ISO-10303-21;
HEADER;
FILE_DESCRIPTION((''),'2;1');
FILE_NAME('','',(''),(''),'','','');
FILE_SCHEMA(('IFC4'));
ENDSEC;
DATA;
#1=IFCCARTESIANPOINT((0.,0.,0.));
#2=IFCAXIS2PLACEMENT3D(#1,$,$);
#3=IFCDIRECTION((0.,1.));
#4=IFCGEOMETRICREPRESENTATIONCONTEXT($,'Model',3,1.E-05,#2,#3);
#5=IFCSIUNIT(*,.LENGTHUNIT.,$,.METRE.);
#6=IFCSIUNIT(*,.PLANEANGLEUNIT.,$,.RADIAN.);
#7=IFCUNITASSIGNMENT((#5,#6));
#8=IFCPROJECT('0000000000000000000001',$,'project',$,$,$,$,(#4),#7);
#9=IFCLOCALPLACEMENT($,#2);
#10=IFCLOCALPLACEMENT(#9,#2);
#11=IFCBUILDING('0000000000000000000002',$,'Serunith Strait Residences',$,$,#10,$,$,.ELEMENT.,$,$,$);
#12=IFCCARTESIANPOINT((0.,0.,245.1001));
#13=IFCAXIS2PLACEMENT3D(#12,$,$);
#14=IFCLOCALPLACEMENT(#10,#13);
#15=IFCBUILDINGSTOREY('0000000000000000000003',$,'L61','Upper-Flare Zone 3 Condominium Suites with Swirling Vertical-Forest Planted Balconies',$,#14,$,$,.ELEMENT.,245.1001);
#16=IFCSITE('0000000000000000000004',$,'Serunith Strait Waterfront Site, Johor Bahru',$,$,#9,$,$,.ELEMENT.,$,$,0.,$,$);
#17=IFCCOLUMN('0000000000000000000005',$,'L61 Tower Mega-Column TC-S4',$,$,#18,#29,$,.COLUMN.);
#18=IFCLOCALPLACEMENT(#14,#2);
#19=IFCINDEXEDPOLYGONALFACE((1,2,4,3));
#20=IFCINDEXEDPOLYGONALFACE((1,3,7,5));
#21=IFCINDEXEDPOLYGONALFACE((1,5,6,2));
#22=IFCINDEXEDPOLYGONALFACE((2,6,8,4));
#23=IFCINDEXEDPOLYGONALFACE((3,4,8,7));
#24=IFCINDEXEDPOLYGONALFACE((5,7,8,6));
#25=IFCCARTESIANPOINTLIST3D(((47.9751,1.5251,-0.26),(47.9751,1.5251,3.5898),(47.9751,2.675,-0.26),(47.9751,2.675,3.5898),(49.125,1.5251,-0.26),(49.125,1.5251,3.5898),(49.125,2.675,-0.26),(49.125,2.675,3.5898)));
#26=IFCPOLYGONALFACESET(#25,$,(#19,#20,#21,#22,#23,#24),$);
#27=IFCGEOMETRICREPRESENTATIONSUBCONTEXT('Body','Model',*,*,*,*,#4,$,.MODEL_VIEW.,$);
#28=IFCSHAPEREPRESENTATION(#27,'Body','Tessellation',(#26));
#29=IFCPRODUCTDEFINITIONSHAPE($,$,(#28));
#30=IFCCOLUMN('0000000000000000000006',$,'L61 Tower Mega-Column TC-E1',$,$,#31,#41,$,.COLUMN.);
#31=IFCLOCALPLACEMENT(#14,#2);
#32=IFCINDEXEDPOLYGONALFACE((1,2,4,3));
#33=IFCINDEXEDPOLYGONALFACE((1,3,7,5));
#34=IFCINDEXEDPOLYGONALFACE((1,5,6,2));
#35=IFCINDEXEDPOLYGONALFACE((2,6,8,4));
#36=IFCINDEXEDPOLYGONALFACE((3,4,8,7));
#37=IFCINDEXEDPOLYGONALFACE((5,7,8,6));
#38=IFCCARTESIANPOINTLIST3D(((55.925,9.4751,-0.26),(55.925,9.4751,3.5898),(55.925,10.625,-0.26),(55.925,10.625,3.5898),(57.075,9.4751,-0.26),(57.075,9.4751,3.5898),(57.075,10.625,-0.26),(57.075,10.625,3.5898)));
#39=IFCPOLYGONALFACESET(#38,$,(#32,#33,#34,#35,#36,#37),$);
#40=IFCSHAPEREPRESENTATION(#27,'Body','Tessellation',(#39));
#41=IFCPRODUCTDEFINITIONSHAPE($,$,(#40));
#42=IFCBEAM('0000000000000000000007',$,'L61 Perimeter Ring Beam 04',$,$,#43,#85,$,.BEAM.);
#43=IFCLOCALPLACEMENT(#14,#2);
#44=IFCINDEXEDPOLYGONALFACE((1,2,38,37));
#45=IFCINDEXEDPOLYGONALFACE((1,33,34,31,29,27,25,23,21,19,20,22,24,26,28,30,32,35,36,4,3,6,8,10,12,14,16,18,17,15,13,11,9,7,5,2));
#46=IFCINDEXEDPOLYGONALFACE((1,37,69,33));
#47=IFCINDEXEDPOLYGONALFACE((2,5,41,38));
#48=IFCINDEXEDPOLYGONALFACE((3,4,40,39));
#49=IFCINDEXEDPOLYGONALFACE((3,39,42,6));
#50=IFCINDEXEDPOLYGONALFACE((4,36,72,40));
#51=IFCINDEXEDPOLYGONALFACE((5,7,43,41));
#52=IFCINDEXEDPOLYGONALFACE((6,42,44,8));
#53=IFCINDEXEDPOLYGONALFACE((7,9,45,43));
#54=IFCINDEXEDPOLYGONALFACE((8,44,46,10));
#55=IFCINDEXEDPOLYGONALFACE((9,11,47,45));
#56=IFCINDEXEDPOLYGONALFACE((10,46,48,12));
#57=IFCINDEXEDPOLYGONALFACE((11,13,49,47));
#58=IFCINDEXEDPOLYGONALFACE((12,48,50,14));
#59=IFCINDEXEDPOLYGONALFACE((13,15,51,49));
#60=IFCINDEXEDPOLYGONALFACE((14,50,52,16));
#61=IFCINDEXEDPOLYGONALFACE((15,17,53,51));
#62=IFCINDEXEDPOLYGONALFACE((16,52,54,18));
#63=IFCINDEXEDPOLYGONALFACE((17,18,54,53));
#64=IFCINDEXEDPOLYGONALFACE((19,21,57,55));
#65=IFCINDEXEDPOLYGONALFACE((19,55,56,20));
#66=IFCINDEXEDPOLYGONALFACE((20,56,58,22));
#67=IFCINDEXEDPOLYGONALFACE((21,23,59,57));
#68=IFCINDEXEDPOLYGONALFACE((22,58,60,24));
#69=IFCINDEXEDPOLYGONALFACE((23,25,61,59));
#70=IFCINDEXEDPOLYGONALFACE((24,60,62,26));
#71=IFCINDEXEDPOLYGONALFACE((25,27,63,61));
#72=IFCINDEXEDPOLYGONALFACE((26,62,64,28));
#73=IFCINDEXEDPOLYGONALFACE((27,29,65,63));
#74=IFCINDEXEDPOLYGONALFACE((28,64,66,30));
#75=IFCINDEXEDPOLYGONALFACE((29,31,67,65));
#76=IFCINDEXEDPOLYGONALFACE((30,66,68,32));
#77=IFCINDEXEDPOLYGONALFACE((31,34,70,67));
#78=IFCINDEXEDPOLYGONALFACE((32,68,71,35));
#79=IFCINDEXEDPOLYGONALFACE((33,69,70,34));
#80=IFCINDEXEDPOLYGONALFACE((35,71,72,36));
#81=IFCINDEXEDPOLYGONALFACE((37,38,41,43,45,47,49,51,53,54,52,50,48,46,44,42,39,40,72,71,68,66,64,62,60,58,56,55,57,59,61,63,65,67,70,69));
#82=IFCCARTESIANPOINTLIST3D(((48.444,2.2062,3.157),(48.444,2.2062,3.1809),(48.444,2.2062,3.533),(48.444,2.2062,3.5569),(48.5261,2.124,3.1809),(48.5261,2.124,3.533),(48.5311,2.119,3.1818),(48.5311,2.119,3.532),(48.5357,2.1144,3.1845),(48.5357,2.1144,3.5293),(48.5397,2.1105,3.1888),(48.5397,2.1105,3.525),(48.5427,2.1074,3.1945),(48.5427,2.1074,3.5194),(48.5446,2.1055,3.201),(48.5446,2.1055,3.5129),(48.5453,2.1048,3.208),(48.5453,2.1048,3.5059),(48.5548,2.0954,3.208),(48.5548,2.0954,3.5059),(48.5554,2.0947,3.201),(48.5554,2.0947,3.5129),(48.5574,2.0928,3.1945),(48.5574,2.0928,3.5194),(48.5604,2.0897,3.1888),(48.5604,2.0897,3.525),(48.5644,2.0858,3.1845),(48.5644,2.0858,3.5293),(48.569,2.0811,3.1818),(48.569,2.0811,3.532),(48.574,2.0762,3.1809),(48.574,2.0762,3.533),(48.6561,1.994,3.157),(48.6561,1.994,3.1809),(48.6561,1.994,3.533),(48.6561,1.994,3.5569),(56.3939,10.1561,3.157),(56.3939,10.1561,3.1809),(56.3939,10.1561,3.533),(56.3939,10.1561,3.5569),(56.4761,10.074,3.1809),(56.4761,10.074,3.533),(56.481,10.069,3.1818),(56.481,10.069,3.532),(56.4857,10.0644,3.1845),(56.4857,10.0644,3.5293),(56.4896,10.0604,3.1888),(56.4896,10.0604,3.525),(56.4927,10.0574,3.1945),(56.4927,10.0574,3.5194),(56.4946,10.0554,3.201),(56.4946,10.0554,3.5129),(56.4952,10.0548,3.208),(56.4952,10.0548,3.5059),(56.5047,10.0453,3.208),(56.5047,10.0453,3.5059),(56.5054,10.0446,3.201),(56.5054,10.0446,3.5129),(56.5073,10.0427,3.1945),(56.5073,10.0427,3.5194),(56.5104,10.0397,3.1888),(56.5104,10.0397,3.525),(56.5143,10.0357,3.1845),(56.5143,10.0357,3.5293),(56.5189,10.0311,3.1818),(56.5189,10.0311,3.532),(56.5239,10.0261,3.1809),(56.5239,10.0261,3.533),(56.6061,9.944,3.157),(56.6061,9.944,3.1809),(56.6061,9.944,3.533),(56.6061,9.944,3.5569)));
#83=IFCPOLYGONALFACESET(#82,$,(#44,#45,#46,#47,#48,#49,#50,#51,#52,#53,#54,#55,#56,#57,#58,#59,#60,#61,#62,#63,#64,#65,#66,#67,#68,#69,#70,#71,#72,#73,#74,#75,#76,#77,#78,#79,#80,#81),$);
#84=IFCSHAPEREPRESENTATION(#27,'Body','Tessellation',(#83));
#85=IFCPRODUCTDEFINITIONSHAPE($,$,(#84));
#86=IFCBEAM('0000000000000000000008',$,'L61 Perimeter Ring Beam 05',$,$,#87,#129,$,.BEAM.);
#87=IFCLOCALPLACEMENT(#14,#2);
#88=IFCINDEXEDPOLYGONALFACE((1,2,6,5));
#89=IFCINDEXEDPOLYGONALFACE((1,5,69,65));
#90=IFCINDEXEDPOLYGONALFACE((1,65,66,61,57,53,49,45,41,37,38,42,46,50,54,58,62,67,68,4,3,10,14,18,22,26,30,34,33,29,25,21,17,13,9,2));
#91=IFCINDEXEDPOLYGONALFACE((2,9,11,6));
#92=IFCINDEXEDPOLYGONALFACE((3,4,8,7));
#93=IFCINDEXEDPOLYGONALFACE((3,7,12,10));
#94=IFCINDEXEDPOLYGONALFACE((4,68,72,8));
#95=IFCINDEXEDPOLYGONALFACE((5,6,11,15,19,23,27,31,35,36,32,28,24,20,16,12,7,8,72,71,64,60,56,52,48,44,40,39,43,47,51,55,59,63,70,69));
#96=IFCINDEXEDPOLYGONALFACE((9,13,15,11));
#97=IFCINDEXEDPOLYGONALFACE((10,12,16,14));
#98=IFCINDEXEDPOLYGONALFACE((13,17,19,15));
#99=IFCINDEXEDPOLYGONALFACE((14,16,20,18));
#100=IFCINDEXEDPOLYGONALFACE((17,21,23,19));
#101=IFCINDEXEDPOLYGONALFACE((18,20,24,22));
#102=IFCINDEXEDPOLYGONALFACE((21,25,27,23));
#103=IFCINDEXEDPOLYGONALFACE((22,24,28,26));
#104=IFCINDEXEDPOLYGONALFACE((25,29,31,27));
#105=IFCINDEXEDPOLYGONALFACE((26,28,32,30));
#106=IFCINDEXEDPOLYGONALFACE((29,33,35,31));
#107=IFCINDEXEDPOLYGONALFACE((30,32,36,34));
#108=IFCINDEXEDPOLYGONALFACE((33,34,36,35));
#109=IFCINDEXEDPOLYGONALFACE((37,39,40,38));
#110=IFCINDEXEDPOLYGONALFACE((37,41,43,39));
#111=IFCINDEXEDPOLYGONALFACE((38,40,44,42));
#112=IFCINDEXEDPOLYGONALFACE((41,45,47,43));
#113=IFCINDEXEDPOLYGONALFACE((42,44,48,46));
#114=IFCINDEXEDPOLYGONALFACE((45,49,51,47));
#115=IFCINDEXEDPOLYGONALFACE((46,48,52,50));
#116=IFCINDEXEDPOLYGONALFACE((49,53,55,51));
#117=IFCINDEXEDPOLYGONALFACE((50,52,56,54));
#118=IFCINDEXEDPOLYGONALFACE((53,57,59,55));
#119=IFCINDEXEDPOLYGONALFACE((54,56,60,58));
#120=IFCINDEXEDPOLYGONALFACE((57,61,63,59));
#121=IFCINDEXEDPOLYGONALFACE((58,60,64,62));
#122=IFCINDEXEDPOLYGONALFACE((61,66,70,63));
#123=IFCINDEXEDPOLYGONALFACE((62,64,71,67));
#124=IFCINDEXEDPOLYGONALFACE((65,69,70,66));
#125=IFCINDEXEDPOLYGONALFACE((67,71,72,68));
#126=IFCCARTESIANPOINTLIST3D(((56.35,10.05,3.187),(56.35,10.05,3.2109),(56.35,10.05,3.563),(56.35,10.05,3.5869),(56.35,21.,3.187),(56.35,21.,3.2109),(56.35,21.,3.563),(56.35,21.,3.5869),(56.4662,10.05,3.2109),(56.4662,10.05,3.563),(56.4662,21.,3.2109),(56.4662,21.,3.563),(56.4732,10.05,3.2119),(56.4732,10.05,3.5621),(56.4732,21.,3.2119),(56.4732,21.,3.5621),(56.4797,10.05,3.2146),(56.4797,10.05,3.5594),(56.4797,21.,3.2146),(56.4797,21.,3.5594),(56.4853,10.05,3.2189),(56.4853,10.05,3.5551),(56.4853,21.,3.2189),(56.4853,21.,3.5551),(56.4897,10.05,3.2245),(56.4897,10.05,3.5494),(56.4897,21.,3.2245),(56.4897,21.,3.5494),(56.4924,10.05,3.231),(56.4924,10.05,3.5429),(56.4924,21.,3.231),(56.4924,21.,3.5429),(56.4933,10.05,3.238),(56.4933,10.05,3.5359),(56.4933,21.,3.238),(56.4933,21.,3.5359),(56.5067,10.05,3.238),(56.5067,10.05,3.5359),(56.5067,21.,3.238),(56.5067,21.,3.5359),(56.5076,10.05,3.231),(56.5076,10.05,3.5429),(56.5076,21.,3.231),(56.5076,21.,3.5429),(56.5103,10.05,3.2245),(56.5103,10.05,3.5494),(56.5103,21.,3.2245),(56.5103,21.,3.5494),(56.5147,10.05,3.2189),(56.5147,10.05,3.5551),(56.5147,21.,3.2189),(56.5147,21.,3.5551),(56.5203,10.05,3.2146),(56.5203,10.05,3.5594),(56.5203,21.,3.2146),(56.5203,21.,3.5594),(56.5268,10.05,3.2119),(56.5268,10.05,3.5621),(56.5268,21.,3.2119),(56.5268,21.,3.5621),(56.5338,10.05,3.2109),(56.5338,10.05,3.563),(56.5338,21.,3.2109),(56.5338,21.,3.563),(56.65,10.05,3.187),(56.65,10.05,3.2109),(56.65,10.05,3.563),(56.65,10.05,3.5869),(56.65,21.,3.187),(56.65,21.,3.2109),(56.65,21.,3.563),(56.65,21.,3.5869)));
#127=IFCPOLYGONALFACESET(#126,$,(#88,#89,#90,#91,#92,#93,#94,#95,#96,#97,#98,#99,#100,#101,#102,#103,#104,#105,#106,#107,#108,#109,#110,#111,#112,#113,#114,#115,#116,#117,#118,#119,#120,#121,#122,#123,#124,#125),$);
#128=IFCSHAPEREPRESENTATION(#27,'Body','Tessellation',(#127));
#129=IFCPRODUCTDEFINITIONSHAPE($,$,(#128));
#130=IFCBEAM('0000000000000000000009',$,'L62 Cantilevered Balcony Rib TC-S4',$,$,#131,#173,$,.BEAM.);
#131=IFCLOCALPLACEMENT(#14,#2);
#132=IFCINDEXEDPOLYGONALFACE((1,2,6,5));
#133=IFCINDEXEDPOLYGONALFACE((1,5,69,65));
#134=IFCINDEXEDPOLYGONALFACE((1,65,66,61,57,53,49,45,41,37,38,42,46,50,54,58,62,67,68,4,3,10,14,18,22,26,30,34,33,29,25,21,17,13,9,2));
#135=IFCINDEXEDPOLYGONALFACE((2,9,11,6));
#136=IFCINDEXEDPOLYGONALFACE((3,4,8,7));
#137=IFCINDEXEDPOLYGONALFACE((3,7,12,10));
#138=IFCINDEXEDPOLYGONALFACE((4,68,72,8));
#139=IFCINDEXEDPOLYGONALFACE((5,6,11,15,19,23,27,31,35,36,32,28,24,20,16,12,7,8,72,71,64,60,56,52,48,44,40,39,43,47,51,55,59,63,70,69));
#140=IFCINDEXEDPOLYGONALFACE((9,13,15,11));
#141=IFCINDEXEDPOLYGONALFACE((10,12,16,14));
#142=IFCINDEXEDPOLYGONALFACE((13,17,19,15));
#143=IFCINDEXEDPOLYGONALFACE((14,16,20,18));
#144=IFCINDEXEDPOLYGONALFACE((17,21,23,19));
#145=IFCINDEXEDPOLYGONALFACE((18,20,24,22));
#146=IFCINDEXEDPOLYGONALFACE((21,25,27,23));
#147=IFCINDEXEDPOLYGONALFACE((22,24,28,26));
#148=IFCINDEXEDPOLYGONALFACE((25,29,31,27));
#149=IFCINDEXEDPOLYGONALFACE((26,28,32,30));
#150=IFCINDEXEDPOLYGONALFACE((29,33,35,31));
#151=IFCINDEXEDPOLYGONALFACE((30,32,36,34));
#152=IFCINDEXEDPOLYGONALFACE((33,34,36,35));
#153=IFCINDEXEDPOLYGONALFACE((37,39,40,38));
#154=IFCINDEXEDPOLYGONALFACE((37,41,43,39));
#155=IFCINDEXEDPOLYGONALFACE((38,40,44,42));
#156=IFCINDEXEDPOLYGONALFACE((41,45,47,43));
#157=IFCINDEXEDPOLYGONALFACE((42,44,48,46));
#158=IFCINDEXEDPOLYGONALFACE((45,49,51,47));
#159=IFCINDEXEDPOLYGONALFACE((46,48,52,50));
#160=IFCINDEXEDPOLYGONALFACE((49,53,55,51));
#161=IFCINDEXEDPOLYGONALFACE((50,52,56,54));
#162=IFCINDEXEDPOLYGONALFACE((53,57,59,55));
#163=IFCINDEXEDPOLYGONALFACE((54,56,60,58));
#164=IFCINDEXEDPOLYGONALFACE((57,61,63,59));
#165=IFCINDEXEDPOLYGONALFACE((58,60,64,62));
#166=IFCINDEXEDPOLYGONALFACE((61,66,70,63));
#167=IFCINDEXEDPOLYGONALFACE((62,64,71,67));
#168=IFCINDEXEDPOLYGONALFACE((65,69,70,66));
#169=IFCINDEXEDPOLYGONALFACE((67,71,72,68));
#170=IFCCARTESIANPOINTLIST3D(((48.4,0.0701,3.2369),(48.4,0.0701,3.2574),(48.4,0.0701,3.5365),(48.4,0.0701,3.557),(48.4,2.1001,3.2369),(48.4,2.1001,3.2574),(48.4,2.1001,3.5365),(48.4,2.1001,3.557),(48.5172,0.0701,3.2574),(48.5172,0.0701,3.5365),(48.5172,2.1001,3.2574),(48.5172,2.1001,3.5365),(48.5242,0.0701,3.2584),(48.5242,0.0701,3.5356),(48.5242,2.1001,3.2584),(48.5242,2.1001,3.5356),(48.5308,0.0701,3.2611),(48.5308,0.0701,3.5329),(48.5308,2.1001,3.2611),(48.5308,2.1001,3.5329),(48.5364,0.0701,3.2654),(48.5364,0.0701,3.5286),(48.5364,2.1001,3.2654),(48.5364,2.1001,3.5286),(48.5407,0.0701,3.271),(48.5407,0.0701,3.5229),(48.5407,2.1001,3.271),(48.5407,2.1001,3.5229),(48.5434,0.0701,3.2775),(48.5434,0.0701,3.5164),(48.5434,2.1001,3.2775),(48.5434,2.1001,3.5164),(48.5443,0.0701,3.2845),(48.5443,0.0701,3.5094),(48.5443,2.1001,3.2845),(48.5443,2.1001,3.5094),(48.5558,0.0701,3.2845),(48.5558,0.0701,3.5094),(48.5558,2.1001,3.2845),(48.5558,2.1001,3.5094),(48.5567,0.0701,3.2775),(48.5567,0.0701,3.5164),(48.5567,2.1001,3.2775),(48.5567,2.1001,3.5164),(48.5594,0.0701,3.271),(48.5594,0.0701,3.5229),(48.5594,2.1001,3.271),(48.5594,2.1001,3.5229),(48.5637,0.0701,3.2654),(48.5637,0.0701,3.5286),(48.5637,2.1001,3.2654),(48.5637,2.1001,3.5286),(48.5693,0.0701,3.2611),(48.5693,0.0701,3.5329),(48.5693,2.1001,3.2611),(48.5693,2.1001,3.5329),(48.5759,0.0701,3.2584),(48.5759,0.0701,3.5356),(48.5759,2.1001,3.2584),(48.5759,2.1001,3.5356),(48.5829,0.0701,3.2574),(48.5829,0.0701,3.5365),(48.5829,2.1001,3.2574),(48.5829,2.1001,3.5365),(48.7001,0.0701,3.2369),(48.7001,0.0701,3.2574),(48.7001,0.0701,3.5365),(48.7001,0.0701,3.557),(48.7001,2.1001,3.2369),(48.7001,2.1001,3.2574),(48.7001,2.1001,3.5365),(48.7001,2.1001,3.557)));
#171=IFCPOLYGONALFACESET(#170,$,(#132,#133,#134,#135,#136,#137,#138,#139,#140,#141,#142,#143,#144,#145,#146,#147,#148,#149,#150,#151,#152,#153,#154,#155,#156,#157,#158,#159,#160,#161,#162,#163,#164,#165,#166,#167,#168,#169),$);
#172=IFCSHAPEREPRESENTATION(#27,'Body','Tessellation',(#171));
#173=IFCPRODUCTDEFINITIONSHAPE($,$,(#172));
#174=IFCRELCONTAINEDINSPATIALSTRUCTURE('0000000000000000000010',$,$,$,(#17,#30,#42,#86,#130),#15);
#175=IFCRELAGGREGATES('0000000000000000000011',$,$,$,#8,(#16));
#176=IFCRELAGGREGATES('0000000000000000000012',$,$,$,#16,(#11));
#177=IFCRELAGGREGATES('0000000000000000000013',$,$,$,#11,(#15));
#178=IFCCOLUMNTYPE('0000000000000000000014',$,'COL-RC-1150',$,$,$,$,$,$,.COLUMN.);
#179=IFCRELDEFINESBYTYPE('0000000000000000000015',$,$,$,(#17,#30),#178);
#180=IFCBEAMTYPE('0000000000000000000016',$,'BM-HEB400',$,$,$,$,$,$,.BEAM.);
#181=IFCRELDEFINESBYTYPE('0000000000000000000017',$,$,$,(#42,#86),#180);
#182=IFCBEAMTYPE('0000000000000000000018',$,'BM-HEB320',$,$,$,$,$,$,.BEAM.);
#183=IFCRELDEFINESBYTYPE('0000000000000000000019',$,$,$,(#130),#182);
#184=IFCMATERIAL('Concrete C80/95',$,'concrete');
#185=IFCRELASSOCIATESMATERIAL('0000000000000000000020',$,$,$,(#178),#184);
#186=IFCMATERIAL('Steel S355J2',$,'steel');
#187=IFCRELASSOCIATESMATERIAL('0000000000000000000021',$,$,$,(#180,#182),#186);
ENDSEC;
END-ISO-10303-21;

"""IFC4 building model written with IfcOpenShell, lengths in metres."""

from ifc_helpers import new_model, si_unit, direction, frame, origin, origin_2d, place, context, subcontext, project, spatial, rectangle, i_section, extrude, source, transform, mapped, material, material_profile, profile_set, type_object, element, save


model = new_model("IFC4")

# Units and contexts
model_context = context("Model", 3, precision=1e-05, world=origin(), true_north=direction((0.0, 1.0)))
body_context = subcontext(model_context, "Body", "Model", "MODEL_VIEW")
ifc_project = project(units=[si_unit("LENGTHUNIT", "METRE"), si_unit("PLANEANGLEUNIT", "RADIAN")], contexts=[model_context])

# Site, building, storey
site_placement = place(None, origin())
site = spatial("IfcSite", under=ifc_project, at=site_placement, Name="Serunith Strait Waterfront Site, Johor Bahru", CompositionType="ELEMENT", RefElevation=0.0)
building_placement = place(site_placement, origin())
building = spatial("IfcBuilding", under=site, at=building_placement, Name="Serunith Strait Residences", CompositionType="ELEMENT")
storey_placement = place(building_placement, frame((0.0, 0.0, 245.1001)))
storey = spatial("IfcBuildingStorey", under=building, at=storey_placement, Name="L61", Description="Upper-Flare Zone 3 Condominium Suites with Swirling Vertical-Forest Planted Balconies", CompositionType="ELEMENT", Elevation=245.1001)

# Columns
ifc_material_1 = material(Name="Concrete C80/95", Category="concrete")
ifc_material_profile_1 = material_profile(ifc_material_1, rectangle(XDim=1.1499, YDim=1.1499, at=origin_2d()), Name="RC 1150x1150")
ifc_profile_set_1 = profile_set([ifc_material_profile_1], Name="Concrete C80/95")
column_type = type_object("IfcColumnType", Name="COL-RC-1150", PredefinedType="COLUMN", material=ifc_profile_set_1)
shared_shape_1 = source(origin(), body_context, "Body", "SweptSolid", [
    extrude(rectangle(XDim=1.1499, YDim=1.1499, at=origin_2d()), origin(), (0.0, 0.0, 1.0), 3.8499),
])
for number, where, z_axis, x_axis, name in (
    (1, (48.55, 2.1001, -0.26), (0.0, 0.0, 1.0), (1.0, 0.0, 0.0), "L61 Tower Mega-Column TC-S4"),
    (2, (56.5, 10.05, -0.26), (0.0, 0.0, 1.0), (1.0, 0.0, 0.0), "L61 Tower Mega-Column TC-E1"),
):
    element("IfcColumn", number, at=place(storey_placement, frame(where, z_axis=z_axis, x_axis=x_axis)), inside=storey, type_object=column_type, Name=name, PredefinedType="COLUMN", context=body_context, shape_type="MappedRepresentation", body=[
        mapped(shared_shape_1, transform((0.0, 0.0, 0.0), scale=1.0)),
    ])

# Beams
ifc_material_2 = material(Name="Steel S355J2", Category="steel")
ifc_material_profile_2 = material_profile(ifc_material_2, i_section(OverallWidth=0.3, OverallDepth=0.3999, WebThickness=0.0134, FlangeThickness=0.0239, FilletRadius=0.0271, at=origin_2d()), Name="HEB 400")
ifc_profile_set_2 = profile_set([ifc_material_profile_2], Name="Steel S355J2")
beam_type_1 = type_object("IfcBeamType", Name="BM-HEB400", PredefinedType="BEAM", material=ifc_profile_set_2)
shared_shape_2 = source(origin(), body_context, "Body", "SweptSolid", [
    extrude(i_section(OverallWidth=0.3, OverallDepth=0.3999, WebThickness=0.0134, FlangeThickness=0.0239, FilletRadius=0.0271, at=origin_2d()), origin(), (0.0, 0.0, 1.0), 11.2429),
])
beam_1_placement = place(storey_placement, frame((48.55, 2.1001, 3.3569), z_axis=(0.707107, 0.707107, 0.0), x_axis=(-0.707107, 0.707107, 0.0)))
element("IfcBeam", 3, at=beam_1_placement, inside=storey, type_object=beam_type_1, Name="L61 Perimeter Ring Beam 04", PredefinedType="BEAM", context=body_context, shape_type="MappedRepresentation", body=[
    mapped(shared_shape_2, transform((0.0, 0.0, 0.0), scale=1.0)),
])
shared_shape_3 = source(origin(), body_context, "Body", "SweptSolid", [
    extrude(i_section(OverallWidth=0.3, OverallDepth=0.3999, WebThickness=0.0134, FlangeThickness=0.0239, FilletRadius=0.0271, at=origin_2d()), origin(), (0.0, 0.0, 1.0), 10.95),
])
beam_2_placement = place(storey_placement, frame((56.5, 10.05, 3.387), z_axis=(0.0, 1.0, 0.0), x_axis=(-1.0, 0.0, 0.0)))
element("IfcBeam", 4, at=beam_2_placement, inside=storey, type_object=beam_type_1, Name="L61 Perimeter Ring Beam 05", PredefinedType="BEAM", context=body_context, shape_type="MappedRepresentation", body=[
    mapped(shared_shape_3, transform((0.0, 0.0, 0.0), scale=1.0)),
])
ifc_material_profile_3 = material_profile(ifc_material_2, i_section(OverallWidth=0.3, OverallDepth=0.3201, WebThickness=0.0115, FlangeThickness=0.0205, FilletRadius=0.0271, at=origin_2d()), Name="HEB 320")
ifc_profile_set_3 = profile_set([ifc_material_profile_3], Name="Steel S355J2")
beam_type_2 = type_object("IfcBeamType", Name="BM-HEB320", PredefinedType="BEAM", material=ifc_profile_set_3)
shared_shape_4 = source(origin(), body_context, "Body", "SweptSolid", [
    extrude(i_section(OverallWidth=0.3, OverallDepth=0.3201, WebThickness=0.0115, FlangeThickness=0.0205, FilletRadius=0.0271, at=origin_2d()), origin(), (0.0, 0.0, 1.0), 2.03),
])
beam_3_placement = place(storey_placement, frame((48.55, 2.1001, 3.397), z_axis=(0.0, -1.0, 0.0), x_axis=(1.0, 0.0, 0.0)))
element("IfcBeam", 5, at=beam_3_placement, inside=storey, type_object=beam_type_2, Name="L62 Cantilevered Balcony Rib TC-S4", PredefinedType="BEAM", context=body_context, shape_type="MappedRepresentation", body=[
    mapped(shared_shape_4, transform((0.0, 0.0, 0.0), scale=1.0)),
])

save(model, "model.ifc")
